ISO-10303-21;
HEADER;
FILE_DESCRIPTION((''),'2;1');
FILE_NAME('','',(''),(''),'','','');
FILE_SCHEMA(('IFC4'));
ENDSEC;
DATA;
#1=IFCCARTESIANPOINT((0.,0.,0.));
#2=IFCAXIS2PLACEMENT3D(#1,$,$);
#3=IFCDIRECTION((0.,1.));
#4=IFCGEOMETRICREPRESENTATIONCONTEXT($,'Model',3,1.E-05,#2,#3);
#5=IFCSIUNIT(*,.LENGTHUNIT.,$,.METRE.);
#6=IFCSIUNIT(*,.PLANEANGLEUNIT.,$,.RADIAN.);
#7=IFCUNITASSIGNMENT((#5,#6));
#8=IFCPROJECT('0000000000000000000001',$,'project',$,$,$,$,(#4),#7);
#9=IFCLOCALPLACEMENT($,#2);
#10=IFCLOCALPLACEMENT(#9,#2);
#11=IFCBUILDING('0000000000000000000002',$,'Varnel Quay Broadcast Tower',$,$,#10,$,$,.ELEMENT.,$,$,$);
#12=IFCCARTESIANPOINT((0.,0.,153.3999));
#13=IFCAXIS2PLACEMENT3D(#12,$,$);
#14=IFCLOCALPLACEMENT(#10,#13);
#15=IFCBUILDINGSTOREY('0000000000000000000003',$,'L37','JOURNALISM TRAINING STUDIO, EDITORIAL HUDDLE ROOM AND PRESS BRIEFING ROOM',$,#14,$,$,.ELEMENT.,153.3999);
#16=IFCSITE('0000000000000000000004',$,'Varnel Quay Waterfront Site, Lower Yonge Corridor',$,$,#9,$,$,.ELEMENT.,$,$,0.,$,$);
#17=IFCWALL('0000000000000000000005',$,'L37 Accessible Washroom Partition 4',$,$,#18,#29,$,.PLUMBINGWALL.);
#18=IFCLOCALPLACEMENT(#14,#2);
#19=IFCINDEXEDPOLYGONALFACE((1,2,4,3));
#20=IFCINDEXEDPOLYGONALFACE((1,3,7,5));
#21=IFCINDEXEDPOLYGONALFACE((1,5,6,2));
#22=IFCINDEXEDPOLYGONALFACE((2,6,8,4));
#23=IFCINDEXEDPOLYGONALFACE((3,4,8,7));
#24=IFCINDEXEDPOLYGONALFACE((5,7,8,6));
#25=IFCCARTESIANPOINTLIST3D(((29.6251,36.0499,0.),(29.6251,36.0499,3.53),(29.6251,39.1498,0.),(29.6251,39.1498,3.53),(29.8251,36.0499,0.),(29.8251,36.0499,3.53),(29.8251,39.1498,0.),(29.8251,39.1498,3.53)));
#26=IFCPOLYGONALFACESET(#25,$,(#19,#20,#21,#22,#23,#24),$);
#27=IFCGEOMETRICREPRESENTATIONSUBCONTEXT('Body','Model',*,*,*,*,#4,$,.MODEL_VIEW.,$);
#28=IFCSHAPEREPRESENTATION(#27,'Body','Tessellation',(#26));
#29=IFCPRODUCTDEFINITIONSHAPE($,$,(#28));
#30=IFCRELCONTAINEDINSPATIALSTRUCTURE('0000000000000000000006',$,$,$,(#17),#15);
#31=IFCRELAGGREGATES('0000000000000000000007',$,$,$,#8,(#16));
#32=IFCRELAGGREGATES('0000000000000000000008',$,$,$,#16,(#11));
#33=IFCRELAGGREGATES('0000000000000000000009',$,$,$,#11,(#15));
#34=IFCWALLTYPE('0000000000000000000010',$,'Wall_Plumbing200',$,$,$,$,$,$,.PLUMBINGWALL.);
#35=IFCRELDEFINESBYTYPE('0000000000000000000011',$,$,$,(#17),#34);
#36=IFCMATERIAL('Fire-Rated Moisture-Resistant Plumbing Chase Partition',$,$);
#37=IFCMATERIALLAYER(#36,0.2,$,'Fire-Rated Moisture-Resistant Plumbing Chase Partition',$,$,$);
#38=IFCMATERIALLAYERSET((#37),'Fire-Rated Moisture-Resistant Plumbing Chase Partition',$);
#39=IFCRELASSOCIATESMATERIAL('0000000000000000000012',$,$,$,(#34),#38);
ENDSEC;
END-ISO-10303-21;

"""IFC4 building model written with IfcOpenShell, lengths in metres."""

from ifc_helpers import new_model, si_unit, direction, frame, frame_2d, origin, place, context, subcontext, project, spatial, rectangle, extrude, material, layer, layer_set, type_object, element, save


model = new_model("IFC4")

# Units and contexts
model_context = context("Model", 3, precision=1e-05, world=origin(), true_north=direction((0.0, 1.0)))
body_context = subcontext(model_context, "Body", "Model", "MODEL_VIEW")
ifc_project = project(units=[si_unit("LENGTHUNIT", "METRE"), si_unit("PLANEANGLEUNIT", "RADIAN")], contexts=[model_context])

# Site, building, storey
site_placement = place(None, origin())
site = spatial("IfcSite", under=ifc_project, at=site_placement, Name="Varnel Quay Waterfront Site, Lower Yonge Corridor", CompositionType="ELEMENT", RefElevation=0.0)
building_placement = place(site_placement, origin())
building = spatial("IfcBuilding", under=site, at=building_placement, Name="Varnel Quay Broadcast Tower", CompositionType="ELEMENT")
storey_placement = place(building_placement, frame((0.0, 0.0, 153.3999)))
storey = spatial("IfcBuildingStorey", under=building, at=storey_placement, Name="L37", Description="JOURNALISM TRAINING STUDIO, EDITORIAL HUDDLE ROOM AND PRESS BRIEFING ROOM", CompositionType="ELEMENT", Elevation=153.3999)

# Wall
ifc_material_1 = material(Name="Fire-Rated Moisture-Resistant Plumbing Chase Partition")
ifc_layer_1 = layer(ifc_material_1, 0.2, Name="Fire-Rated Moisture-Resistant Plumbing Chase Partition")
ifc_layer_set_1 = layer_set([ifc_layer_1], Name="Fire-Rated Moisture-Resistant Plumbing Chase Partition")
wall_type_1 = type_object("IfcWallType", Name="Wall_Plumbing200", PredefinedType="PLUMBINGWALL", material=ifc_layer_set_1)
for number, where, z_axis, x_axis, name in (
    (1, (29.7251, 36.05, 0.0), (0.0, 0.0, 1.0), (0.0, 1.0, 0.0), "L37 Accessible Washroom Partition 4"),
):
    element("IfcWall", number, at=place(storey_placement, frame(where, z_axis=z_axis, x_axis=x_axis)), inside=storey, type_object=wall_type_1, Name=name, PredefinedType="PLUMBINGWALL", context=body_context, shape_type="SweptSolid", body=[
        extrude(rectangle(XDim=3.0999, YDim=0.2, at=frame_2d((1.5498, 0.0))), origin(), (0.0, 0.0, 1.0), 3.53),
    ])

save(model, "model.ifc")
